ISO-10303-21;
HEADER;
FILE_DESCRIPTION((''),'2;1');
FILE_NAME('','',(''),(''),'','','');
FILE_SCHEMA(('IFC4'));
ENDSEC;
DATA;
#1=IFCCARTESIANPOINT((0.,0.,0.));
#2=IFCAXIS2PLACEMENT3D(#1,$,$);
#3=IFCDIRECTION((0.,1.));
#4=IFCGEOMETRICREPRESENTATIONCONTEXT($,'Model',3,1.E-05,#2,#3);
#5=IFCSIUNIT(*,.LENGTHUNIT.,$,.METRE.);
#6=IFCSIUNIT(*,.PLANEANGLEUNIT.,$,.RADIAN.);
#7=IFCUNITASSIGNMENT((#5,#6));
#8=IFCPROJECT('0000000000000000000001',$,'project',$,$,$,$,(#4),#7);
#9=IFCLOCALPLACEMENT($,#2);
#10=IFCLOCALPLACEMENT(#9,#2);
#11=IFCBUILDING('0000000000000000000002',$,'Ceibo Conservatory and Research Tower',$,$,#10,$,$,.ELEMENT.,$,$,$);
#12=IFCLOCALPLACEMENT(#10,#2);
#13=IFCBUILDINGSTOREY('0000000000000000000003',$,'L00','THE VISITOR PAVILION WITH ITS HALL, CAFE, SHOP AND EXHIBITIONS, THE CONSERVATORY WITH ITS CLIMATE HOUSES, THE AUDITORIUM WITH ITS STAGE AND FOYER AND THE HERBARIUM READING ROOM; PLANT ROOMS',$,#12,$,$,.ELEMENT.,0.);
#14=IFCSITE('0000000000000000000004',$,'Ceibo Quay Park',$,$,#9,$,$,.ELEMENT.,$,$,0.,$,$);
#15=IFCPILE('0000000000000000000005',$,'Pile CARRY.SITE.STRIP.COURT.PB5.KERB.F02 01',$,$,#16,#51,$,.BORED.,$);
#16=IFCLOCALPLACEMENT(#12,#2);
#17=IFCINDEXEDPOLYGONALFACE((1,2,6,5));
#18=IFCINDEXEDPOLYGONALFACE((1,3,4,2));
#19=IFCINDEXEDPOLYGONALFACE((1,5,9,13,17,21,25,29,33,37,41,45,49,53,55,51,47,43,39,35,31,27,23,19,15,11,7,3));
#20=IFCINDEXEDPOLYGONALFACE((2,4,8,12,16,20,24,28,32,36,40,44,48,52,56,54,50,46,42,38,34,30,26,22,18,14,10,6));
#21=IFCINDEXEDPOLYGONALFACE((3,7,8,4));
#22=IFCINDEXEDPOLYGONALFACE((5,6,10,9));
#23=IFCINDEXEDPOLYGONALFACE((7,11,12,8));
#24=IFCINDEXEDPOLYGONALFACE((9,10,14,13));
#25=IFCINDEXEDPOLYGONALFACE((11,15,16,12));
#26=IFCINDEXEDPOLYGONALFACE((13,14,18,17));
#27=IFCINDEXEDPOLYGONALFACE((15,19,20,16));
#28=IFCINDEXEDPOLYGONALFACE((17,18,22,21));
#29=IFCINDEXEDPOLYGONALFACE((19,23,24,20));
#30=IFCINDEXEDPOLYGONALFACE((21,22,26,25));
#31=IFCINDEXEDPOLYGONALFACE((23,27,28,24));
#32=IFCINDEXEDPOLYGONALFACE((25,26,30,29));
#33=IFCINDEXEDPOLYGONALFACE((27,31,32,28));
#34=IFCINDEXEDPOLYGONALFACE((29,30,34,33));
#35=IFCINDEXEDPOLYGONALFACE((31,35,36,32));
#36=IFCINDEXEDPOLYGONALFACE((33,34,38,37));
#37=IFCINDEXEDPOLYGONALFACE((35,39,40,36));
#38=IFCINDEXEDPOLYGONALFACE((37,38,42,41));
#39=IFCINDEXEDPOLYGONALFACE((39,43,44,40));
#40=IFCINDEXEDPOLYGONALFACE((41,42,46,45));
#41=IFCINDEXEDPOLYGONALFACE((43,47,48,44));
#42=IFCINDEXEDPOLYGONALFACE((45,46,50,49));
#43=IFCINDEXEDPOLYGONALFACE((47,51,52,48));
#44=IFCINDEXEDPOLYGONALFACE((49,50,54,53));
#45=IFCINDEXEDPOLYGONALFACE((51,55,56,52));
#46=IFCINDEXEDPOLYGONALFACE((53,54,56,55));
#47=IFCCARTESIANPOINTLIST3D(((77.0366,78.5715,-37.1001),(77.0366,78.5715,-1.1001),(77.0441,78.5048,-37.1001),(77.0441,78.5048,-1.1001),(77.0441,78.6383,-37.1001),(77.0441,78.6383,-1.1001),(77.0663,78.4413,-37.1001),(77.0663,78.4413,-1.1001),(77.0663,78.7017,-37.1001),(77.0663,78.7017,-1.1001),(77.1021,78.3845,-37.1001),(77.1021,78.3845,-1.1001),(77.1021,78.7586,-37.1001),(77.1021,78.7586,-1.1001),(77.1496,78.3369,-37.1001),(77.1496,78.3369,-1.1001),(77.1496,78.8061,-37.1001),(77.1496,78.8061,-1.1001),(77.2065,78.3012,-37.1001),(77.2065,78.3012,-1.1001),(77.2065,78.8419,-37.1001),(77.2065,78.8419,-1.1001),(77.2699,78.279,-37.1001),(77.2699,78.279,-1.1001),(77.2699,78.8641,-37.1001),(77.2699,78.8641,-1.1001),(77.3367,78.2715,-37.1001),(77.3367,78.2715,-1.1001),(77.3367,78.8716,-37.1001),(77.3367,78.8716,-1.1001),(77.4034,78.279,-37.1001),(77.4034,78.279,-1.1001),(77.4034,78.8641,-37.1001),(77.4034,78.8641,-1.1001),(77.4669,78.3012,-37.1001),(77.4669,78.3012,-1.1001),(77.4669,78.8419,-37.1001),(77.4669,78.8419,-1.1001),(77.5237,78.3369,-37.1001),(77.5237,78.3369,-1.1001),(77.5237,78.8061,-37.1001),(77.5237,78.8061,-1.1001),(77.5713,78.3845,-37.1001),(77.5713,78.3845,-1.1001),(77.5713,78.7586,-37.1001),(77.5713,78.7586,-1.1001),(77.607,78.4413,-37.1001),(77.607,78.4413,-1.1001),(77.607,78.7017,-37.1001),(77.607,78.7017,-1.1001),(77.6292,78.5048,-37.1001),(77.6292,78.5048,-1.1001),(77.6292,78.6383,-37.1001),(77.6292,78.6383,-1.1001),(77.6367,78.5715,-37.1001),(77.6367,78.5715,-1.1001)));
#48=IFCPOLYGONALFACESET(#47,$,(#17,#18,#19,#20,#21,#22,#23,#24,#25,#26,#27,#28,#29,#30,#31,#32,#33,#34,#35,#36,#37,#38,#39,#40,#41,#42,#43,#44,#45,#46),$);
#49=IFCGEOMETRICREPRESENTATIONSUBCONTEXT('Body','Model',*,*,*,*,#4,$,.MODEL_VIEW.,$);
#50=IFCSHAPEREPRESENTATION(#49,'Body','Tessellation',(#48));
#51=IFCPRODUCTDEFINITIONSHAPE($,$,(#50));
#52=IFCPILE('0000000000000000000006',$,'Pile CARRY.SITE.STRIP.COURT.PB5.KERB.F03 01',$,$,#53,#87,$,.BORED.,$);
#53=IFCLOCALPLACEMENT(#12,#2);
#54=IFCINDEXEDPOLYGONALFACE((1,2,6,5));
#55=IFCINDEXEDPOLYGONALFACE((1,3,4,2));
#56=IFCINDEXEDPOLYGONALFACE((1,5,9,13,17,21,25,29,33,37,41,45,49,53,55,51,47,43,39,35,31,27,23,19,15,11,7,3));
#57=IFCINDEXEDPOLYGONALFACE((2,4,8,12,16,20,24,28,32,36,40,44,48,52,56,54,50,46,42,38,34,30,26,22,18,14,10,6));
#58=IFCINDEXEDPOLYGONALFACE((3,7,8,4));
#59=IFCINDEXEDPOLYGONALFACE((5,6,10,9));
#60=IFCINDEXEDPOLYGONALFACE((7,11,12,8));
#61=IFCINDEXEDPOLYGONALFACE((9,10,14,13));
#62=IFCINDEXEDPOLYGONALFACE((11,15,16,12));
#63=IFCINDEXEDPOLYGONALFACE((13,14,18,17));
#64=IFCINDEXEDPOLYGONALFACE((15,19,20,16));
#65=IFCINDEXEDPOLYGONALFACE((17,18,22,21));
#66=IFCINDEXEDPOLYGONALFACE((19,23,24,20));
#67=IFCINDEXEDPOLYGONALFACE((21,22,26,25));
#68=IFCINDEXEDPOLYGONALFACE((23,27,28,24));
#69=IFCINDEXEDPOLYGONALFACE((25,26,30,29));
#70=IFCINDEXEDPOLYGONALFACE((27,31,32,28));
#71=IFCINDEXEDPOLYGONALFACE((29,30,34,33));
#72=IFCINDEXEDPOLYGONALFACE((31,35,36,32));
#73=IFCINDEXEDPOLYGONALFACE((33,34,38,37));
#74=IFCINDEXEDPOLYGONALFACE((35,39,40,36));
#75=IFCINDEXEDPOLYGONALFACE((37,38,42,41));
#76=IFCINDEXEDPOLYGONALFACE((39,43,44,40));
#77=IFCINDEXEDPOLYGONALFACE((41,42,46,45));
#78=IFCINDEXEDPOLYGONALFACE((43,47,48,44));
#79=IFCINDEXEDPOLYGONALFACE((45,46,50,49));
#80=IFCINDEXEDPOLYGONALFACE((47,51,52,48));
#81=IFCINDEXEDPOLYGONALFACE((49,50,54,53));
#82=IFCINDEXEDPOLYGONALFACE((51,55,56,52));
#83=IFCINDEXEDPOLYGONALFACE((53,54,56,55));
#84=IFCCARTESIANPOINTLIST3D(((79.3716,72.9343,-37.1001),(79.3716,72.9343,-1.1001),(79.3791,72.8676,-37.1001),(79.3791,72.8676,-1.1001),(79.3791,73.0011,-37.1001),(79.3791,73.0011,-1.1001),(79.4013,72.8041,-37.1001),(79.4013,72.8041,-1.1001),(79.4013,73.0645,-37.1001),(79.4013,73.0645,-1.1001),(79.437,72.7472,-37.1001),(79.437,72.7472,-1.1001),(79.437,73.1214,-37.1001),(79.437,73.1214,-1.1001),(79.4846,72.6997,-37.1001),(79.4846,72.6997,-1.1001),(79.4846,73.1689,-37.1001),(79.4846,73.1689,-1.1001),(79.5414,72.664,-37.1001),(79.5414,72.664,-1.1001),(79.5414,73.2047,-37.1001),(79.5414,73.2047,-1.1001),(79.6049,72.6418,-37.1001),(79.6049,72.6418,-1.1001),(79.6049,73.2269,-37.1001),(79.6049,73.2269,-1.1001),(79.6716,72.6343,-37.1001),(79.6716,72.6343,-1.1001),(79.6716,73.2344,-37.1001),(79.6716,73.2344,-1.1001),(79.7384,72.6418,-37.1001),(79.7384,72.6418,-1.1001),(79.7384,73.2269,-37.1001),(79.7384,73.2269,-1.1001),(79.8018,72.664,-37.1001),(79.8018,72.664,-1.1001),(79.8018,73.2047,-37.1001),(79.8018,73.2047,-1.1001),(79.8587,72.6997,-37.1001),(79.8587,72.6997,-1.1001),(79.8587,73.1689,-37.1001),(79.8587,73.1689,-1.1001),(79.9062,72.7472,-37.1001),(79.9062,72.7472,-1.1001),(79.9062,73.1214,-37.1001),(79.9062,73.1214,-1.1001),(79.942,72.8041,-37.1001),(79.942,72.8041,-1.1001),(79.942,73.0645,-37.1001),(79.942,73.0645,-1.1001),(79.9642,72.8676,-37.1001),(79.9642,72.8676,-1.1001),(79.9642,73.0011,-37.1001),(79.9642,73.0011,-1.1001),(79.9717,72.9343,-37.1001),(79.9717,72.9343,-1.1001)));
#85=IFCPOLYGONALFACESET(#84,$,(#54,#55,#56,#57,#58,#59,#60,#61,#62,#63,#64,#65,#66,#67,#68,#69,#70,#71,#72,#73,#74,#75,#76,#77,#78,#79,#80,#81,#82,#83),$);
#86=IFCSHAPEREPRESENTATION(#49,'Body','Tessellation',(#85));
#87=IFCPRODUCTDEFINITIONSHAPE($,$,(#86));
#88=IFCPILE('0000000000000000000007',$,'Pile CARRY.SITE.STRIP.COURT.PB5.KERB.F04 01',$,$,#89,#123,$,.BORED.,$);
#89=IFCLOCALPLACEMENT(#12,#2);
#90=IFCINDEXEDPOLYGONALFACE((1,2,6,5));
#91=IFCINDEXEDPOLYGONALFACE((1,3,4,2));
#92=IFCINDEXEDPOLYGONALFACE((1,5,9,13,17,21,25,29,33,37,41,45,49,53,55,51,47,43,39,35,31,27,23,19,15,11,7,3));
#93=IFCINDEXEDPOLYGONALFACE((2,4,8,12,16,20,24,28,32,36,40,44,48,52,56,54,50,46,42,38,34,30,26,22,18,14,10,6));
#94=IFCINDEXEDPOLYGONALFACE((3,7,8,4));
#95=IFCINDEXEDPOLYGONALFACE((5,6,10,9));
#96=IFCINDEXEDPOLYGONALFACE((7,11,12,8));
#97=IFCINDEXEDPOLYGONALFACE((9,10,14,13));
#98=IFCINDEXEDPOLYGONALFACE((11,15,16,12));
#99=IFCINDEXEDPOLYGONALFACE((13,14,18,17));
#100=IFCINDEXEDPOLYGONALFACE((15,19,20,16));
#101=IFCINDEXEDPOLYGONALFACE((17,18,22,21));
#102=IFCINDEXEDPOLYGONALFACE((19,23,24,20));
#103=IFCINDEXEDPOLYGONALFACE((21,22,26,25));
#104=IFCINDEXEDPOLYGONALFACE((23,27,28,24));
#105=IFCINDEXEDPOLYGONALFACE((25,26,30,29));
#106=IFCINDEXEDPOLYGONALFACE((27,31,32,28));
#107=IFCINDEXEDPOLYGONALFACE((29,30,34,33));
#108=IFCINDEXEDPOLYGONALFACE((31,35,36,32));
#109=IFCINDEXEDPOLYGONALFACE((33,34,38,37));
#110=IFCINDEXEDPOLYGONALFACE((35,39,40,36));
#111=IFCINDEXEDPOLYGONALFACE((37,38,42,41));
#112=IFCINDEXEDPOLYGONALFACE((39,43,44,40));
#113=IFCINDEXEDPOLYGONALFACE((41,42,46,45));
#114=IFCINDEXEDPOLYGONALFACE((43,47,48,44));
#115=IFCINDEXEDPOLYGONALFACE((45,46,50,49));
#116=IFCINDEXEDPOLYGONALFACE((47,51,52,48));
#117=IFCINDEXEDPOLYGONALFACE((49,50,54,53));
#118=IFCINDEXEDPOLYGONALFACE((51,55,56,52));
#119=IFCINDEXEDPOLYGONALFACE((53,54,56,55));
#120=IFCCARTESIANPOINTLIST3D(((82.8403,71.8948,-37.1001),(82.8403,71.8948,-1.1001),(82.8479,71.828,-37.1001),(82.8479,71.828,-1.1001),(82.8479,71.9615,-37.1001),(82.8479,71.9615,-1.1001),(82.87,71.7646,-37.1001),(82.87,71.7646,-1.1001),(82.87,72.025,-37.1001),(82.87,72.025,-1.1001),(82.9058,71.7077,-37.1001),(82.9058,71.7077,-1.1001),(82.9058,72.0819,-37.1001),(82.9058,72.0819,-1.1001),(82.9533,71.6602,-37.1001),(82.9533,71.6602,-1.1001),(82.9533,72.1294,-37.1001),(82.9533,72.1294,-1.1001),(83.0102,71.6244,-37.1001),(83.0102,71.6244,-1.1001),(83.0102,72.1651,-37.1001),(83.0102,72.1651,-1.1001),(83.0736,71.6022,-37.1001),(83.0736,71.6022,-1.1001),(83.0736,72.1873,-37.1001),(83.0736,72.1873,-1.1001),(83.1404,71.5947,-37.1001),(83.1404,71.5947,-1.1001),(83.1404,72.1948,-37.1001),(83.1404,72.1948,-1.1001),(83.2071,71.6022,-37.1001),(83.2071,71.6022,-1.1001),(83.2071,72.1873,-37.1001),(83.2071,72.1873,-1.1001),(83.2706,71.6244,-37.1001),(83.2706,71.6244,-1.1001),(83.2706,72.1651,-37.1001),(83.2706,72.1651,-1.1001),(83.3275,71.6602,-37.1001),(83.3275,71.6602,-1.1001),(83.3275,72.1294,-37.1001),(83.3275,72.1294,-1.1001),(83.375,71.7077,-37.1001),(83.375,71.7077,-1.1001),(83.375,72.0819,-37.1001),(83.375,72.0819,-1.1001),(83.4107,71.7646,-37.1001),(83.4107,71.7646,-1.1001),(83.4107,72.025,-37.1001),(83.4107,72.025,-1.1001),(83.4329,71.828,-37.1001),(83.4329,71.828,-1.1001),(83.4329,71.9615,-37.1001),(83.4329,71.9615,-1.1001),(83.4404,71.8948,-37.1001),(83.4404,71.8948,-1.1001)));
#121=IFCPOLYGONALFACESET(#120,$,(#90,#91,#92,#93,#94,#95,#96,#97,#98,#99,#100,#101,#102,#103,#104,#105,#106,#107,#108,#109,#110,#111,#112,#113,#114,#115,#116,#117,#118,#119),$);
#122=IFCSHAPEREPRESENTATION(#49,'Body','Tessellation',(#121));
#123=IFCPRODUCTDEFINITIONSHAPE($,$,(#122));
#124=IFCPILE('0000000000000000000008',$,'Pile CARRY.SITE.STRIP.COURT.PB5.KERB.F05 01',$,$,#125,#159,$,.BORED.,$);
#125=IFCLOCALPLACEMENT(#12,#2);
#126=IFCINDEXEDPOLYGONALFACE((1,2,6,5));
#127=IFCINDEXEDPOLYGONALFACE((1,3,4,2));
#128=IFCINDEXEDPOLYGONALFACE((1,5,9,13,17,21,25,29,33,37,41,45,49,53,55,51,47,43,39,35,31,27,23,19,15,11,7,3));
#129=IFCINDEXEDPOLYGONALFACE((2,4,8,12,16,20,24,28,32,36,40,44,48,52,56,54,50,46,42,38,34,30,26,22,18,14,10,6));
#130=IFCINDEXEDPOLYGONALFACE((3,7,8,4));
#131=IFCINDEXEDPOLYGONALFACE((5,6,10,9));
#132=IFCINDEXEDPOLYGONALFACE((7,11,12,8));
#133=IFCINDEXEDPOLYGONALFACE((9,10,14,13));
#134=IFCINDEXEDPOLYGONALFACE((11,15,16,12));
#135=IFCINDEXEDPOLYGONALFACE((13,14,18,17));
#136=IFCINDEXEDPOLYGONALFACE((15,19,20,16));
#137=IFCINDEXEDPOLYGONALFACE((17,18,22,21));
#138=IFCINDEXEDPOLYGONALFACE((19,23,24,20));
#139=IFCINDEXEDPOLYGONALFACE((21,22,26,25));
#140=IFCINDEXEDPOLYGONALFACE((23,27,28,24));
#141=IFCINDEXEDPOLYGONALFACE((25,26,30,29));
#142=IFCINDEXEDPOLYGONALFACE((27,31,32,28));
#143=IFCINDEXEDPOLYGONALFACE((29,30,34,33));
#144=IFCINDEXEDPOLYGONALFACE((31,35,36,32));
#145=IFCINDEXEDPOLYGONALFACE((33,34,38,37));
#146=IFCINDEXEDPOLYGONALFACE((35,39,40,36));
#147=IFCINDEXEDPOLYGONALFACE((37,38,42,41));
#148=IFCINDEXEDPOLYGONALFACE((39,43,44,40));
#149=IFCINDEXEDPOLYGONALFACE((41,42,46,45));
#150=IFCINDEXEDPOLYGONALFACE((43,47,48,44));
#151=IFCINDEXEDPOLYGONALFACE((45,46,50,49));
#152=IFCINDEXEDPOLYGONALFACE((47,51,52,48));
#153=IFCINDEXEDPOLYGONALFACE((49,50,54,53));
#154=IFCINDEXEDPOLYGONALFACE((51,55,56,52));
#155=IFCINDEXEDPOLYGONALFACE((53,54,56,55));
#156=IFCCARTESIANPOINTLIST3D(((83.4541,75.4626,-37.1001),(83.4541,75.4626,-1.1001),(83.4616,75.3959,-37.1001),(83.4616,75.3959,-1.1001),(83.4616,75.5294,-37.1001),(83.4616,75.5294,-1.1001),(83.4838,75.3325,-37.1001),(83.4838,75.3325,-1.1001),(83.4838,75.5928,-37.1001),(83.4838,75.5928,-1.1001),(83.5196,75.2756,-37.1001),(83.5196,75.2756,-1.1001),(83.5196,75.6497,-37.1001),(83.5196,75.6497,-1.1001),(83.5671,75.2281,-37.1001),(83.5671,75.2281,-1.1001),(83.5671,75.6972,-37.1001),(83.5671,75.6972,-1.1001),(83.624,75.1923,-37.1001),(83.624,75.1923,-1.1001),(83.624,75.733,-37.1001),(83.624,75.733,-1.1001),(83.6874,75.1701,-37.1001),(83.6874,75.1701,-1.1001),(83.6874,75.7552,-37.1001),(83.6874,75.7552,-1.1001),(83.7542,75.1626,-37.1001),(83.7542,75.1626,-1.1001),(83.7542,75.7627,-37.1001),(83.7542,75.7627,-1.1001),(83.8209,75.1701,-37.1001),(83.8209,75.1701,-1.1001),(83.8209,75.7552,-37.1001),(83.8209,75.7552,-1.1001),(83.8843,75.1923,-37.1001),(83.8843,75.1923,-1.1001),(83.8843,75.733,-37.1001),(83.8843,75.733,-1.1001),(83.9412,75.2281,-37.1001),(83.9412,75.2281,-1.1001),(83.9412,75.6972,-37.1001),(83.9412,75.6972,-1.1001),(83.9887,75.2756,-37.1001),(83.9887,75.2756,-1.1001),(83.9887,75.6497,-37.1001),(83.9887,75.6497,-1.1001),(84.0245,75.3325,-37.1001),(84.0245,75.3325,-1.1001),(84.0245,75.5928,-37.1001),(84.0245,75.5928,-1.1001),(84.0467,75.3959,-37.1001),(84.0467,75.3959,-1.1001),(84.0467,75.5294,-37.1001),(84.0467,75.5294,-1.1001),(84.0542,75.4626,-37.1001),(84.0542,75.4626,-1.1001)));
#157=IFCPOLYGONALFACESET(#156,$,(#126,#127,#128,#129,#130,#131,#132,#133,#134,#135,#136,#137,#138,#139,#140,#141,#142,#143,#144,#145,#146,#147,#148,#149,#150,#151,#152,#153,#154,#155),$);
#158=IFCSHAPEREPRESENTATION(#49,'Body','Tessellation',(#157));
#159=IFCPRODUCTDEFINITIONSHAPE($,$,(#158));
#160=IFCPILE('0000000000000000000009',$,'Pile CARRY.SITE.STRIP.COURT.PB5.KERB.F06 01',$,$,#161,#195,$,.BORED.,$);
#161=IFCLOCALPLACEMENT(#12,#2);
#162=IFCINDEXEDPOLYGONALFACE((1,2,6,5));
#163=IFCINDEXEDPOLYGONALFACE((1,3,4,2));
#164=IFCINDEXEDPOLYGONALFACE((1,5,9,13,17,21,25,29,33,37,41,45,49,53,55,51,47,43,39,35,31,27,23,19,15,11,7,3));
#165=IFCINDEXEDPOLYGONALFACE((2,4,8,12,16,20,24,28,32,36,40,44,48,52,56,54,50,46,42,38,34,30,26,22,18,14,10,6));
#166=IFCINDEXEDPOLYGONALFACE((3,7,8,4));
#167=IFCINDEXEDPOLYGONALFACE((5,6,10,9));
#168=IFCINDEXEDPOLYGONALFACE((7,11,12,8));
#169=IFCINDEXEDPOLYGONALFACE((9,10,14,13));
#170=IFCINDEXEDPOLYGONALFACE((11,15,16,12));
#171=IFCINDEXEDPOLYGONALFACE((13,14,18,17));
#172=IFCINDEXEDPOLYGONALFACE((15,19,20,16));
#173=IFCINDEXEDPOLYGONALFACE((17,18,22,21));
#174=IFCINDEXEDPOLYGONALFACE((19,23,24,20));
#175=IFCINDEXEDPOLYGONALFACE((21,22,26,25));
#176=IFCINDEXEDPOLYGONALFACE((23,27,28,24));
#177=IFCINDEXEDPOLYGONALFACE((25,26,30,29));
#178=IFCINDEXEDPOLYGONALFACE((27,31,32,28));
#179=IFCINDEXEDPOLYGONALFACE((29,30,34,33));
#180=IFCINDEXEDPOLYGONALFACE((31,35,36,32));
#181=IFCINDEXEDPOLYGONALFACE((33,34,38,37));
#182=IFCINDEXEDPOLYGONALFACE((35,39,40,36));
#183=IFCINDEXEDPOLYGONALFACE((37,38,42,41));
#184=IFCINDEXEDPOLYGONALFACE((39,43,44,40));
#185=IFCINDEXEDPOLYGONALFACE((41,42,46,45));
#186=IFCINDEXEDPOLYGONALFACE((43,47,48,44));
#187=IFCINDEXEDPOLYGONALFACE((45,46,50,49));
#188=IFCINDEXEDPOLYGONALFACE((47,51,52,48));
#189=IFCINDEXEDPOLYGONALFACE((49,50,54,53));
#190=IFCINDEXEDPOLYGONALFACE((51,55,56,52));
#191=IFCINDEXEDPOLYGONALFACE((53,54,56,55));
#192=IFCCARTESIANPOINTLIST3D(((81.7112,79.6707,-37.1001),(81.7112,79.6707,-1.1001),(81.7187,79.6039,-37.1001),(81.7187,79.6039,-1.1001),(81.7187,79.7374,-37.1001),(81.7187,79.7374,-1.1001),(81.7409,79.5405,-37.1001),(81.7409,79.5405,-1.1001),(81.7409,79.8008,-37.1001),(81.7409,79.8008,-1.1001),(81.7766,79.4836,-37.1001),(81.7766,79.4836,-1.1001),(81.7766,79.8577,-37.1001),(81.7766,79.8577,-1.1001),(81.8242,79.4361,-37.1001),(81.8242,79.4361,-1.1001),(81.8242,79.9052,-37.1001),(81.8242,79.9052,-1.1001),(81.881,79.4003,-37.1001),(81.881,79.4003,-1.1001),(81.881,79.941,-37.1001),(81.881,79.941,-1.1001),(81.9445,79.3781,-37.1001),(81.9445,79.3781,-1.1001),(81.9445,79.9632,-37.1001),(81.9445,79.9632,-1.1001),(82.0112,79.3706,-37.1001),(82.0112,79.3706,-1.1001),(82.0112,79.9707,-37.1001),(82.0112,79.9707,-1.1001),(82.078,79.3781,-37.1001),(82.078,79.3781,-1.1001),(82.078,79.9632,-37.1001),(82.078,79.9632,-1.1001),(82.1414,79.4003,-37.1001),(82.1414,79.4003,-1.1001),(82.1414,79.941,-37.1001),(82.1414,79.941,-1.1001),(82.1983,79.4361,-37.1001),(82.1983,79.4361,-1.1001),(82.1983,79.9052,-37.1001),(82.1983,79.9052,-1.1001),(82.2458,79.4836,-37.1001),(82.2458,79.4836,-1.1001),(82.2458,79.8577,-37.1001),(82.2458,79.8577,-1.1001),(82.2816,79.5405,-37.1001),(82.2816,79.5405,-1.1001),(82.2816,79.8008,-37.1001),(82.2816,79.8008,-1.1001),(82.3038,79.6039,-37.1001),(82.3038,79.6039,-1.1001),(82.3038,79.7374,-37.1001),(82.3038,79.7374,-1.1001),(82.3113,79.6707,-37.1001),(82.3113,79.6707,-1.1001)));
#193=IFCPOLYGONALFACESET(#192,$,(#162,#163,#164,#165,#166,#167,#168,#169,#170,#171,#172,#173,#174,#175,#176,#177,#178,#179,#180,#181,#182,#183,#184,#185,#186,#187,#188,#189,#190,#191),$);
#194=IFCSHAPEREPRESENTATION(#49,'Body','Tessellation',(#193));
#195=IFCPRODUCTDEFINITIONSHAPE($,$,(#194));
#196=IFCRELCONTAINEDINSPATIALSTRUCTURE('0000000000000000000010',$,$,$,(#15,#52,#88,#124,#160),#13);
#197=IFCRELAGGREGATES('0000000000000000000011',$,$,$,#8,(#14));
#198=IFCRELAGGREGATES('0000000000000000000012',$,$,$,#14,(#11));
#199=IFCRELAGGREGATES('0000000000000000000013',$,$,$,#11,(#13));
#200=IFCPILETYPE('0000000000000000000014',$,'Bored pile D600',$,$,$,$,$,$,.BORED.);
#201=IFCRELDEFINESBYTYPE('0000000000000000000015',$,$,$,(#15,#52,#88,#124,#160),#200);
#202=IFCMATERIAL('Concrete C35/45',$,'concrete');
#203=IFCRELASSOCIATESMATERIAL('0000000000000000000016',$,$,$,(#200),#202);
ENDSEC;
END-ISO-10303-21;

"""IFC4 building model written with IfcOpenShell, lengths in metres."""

from ifc_helpers import new_model, si_unit, direction, frame, origin, origin_2d, place, context, subcontext, project, spatial, circle, extrude, material, material_profile, profile_set, type_object, element, save


model = new_model("IFC4")

# Units and contexts
model_context = context("Model", 3, precision=1e-05, world=origin(), true_north=direction((0.0, 1.0)))
body_context = subcontext(model_context, "Body", "Model", "MODEL_VIEW")
ifc_project = project(units=[si_unit("LENGTHUNIT", "METRE"), si_unit("PLANEANGLEUNIT", "RADIAN")], contexts=[model_context])

# Site, building, storey
site_placement = place(None, origin())
site = spatial("IfcSite", under=ifc_project, at=site_placement, Name="Ceibo Quay Park", CompositionType="ELEMENT", RefElevation=0.0)
building_placement = place(site_placement, origin())
building = spatial("IfcBuilding", under=site, at=building_placement, Name="Ceibo Conservatory and Research Tower", CompositionType="ELEMENT")
storey_placement = place(building_placement, origin())
storey = spatial("IfcBuildingStorey", under=building, at=storey_placement, Name="L00", Description="THE VISITOR PAVILION WITH ITS HALL, CAFE, SHOP AND EXHIBITIONS, THE CONSERVATORY WITH ITS CLIMATE HOUSES, THE AUDITORIUM WITH ITS STAGE AND FOYER AND THE HERBARIUM READING ROOM; PLANT ROOMS", CompositionType="ELEMENT", Elevation=0.0)

# Piles
ifc_material_1 = material(Name="Concrete C35/45", Category="concrete")
ifc_material_profile_1 = material_profile(ifc_material_1, circle(Radius=0.3, at=origin_2d()), Name="RC D600")
ifc_profile_set_1 = profile_set([ifc_material_profile_1], Name="Concrete C35/45")
pile_type = type_object("IfcPileType", Name="Bored pile D600", PredefinedType="BORED", material=ifc_profile_set_1)
for number, where, z_axis, x_axis, name in (
    (1, (77.3367, 78.5715, -1.1001), (0.0, 0.0, -1.0), (1.0, 0.0, 0.0), "Pile CARRY.SITE.STRIP.COURT.PB5.KERB.F02 01"),
    (2, (79.6716, 72.9343, -1.1001), (0.0, 0.0, -1.0), (1.0, 0.0, 0.0), "Pile CARRY.SITE.STRIP.COURT.PB5.KERB.F03 01"),
    (3, (83.1404, 71.8948, -1.1001), (0.0, 0.0, -1.0), (1.0, 0.0, 0.0), "Pile CARRY.SITE.STRIP.COURT.PB5.KERB.F04 01"),
    (4, (83.7542, 75.4626, -1.1001), (0.0, 0.0, -1.0), (1.0, 0.0, 0.0), "Pile CARRY.SITE.STRIP.COURT.PB5.KERB.F05 01"),
    (5, (82.0112, 79.6707, -1.1001), (0.0, 0.0, -1.0), (1.0, 0.0, 0.0), "Pile CARRY.SITE.STRIP.COURT.PB5.KERB.F06 01"),
):
    element("IfcPile", number, at=place(storey_placement, frame(where, z_axis=z_axis, x_axis=x_axis)), inside=storey, type_object=pile_type, Name=name, PredefinedType="BORED", context=body_context, shape_type="SweptSolid", body=[
        extrude(circle(Radius=0.3, at=origin_2d()), origin(), (0.0, 0.0, 1.0), 36.0),
    ])

save(model, "model.ifc")
